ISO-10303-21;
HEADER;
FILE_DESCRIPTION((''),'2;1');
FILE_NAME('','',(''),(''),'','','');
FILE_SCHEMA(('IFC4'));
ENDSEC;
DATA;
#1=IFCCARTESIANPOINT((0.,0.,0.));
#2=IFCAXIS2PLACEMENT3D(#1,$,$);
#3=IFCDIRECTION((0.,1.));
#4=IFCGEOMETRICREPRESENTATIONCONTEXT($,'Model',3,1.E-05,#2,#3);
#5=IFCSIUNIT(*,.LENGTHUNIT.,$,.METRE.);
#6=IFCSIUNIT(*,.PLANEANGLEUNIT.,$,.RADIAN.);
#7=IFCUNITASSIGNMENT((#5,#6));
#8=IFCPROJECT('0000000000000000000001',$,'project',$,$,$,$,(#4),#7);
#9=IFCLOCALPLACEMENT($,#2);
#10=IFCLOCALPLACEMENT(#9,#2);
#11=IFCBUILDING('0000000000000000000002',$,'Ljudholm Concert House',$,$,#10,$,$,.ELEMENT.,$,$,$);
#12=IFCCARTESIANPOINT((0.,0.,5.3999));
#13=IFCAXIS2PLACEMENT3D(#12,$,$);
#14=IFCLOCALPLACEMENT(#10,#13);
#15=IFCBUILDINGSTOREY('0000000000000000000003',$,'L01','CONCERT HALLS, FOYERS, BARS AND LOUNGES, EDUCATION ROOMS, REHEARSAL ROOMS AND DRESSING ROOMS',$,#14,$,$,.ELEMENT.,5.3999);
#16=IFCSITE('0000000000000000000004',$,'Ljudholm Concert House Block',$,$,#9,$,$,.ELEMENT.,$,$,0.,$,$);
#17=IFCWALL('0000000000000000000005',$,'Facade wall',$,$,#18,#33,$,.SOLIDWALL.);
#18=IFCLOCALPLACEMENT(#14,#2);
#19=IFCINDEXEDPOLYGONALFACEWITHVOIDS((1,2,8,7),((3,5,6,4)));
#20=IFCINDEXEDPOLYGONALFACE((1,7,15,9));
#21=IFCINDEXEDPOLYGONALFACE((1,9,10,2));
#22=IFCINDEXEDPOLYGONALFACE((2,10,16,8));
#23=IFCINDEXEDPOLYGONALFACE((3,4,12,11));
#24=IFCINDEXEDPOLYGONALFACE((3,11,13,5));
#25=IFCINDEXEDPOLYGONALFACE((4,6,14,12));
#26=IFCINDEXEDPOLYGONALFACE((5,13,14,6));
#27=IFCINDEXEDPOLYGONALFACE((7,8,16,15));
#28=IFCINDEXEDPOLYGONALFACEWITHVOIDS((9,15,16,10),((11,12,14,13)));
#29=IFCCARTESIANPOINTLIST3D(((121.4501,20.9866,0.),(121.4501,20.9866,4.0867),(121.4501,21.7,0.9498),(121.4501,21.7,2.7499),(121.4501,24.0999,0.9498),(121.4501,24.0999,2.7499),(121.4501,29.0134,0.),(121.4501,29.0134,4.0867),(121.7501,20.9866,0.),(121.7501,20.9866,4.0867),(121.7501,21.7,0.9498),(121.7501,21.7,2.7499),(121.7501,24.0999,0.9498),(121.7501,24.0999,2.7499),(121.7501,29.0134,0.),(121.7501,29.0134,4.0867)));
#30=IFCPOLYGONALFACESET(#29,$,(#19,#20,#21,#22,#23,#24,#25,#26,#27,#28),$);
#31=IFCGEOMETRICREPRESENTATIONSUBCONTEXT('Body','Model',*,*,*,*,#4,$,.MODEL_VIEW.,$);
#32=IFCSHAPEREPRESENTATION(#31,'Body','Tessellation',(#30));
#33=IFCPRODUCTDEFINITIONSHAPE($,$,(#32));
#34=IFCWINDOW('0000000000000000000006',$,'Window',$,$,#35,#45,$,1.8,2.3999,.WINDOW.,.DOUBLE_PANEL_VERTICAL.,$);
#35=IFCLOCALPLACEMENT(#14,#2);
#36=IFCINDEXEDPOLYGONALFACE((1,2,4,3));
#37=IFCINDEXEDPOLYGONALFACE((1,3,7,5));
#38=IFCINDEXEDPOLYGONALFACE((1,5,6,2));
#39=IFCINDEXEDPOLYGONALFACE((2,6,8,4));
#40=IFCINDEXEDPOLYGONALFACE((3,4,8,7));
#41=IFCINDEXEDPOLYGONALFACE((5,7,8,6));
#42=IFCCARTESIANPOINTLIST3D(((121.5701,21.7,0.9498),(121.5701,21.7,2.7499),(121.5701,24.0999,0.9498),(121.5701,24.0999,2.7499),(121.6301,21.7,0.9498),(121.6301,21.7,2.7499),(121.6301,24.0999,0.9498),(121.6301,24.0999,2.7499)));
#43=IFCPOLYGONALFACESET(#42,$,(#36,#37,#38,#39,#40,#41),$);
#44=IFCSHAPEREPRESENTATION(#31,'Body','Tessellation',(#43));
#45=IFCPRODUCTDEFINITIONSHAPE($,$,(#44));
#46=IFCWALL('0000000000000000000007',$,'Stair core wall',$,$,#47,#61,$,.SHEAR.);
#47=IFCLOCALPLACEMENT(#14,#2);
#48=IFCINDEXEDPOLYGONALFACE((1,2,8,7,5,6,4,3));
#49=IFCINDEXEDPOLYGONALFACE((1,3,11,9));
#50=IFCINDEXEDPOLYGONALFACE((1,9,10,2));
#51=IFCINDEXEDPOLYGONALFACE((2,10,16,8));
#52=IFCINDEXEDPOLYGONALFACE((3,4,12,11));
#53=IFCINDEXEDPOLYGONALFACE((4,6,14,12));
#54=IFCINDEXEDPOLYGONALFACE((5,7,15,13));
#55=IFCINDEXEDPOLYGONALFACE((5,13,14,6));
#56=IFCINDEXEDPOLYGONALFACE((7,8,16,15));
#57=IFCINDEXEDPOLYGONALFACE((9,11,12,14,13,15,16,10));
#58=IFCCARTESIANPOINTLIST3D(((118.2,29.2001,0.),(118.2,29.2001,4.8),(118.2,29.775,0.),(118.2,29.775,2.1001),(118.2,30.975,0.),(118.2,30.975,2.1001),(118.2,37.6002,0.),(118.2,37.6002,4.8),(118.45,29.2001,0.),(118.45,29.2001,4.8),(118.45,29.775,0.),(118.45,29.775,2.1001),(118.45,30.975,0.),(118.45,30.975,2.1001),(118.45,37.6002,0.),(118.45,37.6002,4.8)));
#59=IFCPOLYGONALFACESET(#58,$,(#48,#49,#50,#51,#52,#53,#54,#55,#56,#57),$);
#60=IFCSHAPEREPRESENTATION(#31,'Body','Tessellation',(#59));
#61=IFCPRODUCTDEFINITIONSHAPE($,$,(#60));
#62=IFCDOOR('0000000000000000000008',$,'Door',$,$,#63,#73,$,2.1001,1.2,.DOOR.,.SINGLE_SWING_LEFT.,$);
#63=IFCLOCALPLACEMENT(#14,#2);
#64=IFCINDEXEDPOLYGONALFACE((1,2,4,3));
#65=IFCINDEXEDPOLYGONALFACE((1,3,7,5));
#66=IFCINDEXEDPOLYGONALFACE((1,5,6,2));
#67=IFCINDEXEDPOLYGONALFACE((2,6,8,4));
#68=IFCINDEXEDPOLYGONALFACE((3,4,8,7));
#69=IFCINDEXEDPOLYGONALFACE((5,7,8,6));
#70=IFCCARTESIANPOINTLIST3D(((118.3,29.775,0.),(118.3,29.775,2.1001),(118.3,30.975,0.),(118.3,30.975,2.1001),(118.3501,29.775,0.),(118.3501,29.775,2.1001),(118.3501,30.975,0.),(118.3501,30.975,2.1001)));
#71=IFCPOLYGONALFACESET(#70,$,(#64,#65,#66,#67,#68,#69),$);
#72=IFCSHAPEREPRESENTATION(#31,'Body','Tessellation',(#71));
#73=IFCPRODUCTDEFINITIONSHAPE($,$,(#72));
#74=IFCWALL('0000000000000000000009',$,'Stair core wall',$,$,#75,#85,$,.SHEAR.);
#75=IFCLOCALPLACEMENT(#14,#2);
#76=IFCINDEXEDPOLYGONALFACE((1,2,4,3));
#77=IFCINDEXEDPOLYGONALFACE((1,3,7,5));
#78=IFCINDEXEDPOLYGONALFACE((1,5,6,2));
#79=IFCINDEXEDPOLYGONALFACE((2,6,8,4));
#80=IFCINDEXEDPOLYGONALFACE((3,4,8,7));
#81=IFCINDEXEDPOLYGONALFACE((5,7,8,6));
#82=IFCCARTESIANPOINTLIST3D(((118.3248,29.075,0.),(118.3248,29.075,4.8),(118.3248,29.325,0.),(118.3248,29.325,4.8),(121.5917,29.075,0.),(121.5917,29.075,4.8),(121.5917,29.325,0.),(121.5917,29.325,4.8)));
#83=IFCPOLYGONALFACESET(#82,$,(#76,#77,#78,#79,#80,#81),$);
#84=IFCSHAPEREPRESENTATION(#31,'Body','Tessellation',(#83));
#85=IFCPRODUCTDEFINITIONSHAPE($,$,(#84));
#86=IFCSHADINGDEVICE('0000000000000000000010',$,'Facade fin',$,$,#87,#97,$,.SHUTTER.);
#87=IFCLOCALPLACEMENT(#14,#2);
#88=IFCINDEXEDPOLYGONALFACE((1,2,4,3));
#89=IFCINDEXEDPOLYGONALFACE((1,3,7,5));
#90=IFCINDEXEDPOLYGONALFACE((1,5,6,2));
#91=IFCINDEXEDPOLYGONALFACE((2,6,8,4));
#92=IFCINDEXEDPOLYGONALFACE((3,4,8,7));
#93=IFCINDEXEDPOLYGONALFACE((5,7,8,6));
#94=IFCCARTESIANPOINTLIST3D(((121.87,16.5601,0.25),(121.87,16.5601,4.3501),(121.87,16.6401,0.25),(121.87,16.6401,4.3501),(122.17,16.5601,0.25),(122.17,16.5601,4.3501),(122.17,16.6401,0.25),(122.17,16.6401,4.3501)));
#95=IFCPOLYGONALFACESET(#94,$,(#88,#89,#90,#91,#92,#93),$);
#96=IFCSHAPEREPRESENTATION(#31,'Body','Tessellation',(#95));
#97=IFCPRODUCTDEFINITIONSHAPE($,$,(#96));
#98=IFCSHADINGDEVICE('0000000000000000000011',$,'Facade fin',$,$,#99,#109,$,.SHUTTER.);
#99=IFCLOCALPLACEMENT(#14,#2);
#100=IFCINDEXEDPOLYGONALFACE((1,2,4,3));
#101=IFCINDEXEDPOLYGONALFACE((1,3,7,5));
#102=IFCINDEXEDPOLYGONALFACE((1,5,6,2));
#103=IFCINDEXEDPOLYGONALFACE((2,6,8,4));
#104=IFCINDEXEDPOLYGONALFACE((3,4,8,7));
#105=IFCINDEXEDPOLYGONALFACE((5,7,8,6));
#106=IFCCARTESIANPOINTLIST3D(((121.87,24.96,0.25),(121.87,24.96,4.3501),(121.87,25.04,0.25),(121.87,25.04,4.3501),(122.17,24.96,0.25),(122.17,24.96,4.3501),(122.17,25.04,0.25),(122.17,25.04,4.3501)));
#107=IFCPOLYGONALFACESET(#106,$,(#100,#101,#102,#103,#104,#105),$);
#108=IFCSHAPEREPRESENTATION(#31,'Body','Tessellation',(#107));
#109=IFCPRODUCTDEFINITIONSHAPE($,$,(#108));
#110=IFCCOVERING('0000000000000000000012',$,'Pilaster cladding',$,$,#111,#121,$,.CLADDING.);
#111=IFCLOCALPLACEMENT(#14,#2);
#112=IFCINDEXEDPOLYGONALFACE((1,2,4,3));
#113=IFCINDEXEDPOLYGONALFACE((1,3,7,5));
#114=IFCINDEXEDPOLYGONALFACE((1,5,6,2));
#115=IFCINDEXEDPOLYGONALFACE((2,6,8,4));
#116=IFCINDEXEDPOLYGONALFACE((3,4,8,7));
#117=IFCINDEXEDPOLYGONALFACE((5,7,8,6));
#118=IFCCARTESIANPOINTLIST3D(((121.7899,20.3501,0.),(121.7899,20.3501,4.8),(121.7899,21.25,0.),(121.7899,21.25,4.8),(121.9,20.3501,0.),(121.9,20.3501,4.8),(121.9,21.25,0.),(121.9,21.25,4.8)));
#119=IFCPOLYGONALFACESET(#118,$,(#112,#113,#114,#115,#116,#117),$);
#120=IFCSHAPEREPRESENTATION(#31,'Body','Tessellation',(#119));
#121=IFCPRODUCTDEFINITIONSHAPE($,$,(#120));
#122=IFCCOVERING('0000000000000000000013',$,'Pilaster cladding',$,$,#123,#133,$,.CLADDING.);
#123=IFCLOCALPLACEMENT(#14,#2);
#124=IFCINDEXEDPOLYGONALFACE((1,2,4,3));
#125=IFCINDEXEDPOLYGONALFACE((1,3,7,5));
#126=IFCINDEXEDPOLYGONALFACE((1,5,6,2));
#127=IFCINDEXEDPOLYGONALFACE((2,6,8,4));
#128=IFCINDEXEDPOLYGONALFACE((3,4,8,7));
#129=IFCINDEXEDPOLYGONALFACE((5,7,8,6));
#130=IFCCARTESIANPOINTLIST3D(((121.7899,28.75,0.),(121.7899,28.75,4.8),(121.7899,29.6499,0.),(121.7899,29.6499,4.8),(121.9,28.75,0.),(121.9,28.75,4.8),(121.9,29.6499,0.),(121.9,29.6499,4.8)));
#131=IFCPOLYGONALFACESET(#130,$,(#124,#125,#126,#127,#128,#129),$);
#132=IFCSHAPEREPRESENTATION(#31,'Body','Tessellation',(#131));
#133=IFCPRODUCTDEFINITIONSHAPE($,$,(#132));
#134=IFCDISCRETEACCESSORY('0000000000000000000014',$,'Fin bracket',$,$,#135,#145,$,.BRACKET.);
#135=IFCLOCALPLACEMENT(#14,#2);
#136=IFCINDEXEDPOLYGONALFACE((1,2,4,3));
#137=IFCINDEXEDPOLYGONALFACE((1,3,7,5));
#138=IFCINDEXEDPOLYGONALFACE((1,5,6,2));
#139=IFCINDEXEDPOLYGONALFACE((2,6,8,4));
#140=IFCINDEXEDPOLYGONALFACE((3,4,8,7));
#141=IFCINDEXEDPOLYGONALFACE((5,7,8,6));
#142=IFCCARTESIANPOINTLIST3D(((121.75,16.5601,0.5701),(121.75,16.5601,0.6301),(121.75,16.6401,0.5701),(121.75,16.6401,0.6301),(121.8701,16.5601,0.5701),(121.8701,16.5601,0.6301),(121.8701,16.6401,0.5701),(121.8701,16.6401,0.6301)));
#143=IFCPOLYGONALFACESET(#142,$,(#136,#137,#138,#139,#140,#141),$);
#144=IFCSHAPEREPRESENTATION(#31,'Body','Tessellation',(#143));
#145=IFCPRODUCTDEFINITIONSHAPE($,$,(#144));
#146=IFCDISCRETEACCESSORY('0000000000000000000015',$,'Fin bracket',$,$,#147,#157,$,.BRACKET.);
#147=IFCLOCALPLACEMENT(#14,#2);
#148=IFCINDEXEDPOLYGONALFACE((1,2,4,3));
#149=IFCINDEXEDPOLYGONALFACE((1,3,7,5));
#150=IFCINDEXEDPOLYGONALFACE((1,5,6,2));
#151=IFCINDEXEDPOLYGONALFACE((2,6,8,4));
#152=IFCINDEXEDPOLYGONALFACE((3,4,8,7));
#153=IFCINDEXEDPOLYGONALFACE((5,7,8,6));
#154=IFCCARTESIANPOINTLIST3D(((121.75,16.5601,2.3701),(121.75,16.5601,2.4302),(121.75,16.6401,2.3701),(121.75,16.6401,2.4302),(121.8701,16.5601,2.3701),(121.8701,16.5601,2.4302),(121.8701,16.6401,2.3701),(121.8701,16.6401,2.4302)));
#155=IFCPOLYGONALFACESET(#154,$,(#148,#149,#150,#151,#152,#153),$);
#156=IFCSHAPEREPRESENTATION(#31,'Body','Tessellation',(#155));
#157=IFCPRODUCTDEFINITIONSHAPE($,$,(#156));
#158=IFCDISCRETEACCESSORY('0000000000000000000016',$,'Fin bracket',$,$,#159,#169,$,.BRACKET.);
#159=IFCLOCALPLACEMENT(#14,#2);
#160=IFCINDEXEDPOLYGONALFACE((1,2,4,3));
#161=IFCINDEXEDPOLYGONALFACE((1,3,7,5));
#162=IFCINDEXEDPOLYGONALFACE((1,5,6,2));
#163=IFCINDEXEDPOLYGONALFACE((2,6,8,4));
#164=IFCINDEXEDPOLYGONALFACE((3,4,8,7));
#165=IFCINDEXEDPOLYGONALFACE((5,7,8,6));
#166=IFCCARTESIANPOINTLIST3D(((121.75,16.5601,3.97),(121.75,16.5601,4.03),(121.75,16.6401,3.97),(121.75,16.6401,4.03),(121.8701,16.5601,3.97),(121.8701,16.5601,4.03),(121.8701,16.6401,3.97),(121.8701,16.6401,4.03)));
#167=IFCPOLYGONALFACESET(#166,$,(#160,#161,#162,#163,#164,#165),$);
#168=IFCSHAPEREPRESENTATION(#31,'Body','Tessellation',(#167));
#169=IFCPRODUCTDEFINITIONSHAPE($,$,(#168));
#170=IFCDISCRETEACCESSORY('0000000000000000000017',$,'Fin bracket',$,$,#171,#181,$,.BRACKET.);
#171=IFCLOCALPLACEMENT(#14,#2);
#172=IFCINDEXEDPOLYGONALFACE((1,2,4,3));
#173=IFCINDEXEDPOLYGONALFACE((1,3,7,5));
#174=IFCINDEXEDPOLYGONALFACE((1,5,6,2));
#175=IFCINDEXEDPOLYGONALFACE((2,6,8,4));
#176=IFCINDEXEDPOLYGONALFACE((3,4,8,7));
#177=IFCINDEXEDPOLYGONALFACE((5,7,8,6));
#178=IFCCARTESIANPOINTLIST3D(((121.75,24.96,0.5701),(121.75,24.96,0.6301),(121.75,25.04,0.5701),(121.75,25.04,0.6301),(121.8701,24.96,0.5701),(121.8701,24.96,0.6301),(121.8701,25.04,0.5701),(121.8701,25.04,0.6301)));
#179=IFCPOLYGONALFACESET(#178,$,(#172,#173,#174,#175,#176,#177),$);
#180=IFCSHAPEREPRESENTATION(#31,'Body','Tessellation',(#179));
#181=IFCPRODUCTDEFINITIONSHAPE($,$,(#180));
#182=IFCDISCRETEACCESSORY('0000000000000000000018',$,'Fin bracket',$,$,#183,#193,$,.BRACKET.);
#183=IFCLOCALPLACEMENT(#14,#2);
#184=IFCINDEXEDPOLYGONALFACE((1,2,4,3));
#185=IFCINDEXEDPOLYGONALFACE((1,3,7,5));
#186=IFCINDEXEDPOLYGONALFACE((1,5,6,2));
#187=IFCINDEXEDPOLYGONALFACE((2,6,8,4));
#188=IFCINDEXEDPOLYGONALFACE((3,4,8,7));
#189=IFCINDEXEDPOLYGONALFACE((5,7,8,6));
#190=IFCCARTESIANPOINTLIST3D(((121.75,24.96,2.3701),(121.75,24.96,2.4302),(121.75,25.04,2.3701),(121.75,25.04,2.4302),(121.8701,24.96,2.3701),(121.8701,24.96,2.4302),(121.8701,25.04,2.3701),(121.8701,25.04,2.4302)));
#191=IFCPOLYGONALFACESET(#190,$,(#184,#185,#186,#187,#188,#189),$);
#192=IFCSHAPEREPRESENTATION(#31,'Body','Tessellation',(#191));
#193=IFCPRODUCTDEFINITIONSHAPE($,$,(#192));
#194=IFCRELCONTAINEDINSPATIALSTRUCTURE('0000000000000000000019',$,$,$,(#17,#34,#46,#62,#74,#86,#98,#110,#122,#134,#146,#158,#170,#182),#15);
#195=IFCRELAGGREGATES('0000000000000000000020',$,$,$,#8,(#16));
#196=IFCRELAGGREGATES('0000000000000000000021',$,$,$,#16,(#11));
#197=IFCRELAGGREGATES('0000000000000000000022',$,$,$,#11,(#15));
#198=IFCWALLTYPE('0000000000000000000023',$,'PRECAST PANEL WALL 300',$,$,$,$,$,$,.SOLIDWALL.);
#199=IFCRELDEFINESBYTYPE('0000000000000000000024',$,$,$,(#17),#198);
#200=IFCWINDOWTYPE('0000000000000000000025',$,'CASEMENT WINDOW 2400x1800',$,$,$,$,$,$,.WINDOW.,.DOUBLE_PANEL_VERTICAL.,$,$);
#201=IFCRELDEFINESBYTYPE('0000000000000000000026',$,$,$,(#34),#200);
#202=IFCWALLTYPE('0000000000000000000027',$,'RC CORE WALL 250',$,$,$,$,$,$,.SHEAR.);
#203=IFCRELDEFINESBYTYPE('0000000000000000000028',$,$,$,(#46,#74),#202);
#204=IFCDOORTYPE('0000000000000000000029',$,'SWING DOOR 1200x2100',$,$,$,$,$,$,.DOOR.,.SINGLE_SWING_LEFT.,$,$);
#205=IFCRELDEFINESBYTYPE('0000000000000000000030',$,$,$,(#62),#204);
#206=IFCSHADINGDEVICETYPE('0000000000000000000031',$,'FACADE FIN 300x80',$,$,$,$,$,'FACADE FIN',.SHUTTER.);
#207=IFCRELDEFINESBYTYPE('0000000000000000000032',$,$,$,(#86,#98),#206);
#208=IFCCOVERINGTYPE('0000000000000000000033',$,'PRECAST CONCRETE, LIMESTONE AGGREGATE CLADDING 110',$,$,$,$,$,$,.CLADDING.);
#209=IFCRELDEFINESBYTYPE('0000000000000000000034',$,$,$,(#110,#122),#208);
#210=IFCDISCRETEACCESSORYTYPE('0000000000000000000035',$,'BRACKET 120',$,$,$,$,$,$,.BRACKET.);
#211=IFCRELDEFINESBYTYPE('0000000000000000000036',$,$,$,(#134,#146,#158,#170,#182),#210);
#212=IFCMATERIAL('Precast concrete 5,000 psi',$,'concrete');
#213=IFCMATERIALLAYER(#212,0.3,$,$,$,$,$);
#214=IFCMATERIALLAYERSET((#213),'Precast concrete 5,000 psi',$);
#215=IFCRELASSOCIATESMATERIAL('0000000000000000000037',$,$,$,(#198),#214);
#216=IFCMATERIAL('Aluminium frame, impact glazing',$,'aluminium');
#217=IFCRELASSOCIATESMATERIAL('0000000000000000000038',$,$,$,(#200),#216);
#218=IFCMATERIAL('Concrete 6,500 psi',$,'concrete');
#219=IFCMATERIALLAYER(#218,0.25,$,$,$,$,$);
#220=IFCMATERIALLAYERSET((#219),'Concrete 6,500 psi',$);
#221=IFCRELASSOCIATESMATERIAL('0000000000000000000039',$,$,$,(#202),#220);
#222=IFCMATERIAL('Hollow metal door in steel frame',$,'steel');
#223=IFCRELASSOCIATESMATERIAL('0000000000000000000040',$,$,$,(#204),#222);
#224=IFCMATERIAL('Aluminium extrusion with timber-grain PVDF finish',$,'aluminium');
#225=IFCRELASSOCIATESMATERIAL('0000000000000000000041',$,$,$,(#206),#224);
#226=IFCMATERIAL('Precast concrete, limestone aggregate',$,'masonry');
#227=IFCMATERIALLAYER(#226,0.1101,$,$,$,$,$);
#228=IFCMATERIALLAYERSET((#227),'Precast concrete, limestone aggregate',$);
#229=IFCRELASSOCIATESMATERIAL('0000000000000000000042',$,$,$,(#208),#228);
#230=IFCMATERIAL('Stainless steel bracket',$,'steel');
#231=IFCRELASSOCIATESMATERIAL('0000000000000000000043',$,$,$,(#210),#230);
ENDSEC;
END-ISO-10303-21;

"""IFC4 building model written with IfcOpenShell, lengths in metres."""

from ifc_helpers import new_model, si_unit, direction, frame, frame_2d, origin, origin_2d, place, context, subcontext, project, spatial, rectangle, extrude, material, layer, layer_set, type_object, element, fill, save


model = new_model("IFC4")

# Units and contexts
model_context = context("Model", 3, precision=1e-05, world=origin(), true_north=direction((0.0, 1.0)))
body_context = subcontext(model_context, "Body", "Model", "MODEL_VIEW")
ifc_project = project(units=[si_unit("LENGTHUNIT", "METRE"), si_unit("PLANEANGLEUNIT", "RADIAN")], contexts=[model_context])

# Site, building, storey
site_placement = place(None, origin())
site = spatial("IfcSite", under=ifc_project, at=site_placement, Name="Ljudholm Concert House Block", CompositionType="ELEMENT", RefElevation=0.0)
building_placement = place(site_placement, origin())
building = spatial("IfcBuilding", under=site, at=building_placement, Name="Ljudholm Concert House", CompositionType="ELEMENT")
storey_placement = place(building_placement, frame((0.0, 0.0, 5.3999)))
storey = spatial("IfcBuildingStorey", under=building, at=storey_placement, Name="L01", Description="CONCERT HALLS, FOYERS, BARS AND LOUNGES, EDUCATION ROOMS, REHEARSAL ROOMS AND DRESSING ROOMS", CompositionType="ELEMENT", Elevation=5.3999)

# Wall, opening, window
ifc_material_1 = material(Name="Precast concrete 5,000 psi", Category="concrete")
ifc_layer_1 = layer(ifc_material_1, 0.3)
ifc_layer_set_1 = layer_set([ifc_layer_1], Name="Precast concrete 5,000 psi")
wall_type_1 = type_object("IfcWallType", Name="PRECAST PANEL WALL 300", PredefinedType="SOLIDWALL", material=ifc_layer_set_1)
ifc_material_2 = material(Name="Aluminium frame, impact glazing", Category="aluminium")
window_type = type_object("IfcWindowType", Name="CASEMENT WINDOW 2400x1800", PartitioningType="DOUBLE_PANEL_VERTICAL", PredefinedType="WINDOW", material=ifc_material_2)
wall_1_placement = place(storey_placement, frame((121.6001, 20.9866, 0.0), z_axis=(0.0, 0.0, 1.0), x_axis=(0.0, 1.0, 0.0)))
wall_1 = element("IfcWall", 1, at=wall_1_placement, inside=storey, type_object=wall_type_1, Name="Facade wall", PredefinedType="SOLIDWALL", context=body_context, shape_type="SweptSolid", body=[
    extrude(rectangle(XDim=8.0269, YDim=0.3, at=frame_2d((4.0134, 0.0))), origin(), (0.0, 0.0, 1.0), 4.0867),
])
opening_1_placement = place(wall_1_placement, frame((0.7134, 0.0, 0.95)))
opening_1 = element("IfcOpeningElement", 2, at=opening_1_placement, cuts=wall_1, PredefinedType="OPENING", context=body_context, shape_type="SweptSolid", body=[
    extrude(rectangle(XDim=2.3999, YDim=1.8, at=frame_2d((1.2, 0.8999))), frame((0.0, 0.1599, 0.0), z_axis=(0.0, -1.0, 0.0), x_axis=(1.0, 0.0, 0.0)), (0.0, 0.0, 1.0), 0.3201),
])
window_1_placement = place(opening_1_placement, origin())
window_1 = element("IfcWindow", 3, at=window_1_placement, inside=storey, type_object=window_type, Name="Window", OverallHeight=1.8, OverallWidth=2.3999, PartitioningType="DOUBLE_PANEL_VERTICAL", PredefinedType="WINDOW", context=body_context, shape_type="SweptSolid", body=[
    extrude(rectangle(XDim=2.3999, YDim=1.8, at=frame_2d((1.2, 0.8999))), frame((0.0, 0.03, 0.0), z_axis=(0.0, -1.0, 0.0), x_axis=(1.0, 0.0, 0.0)), (0.0, 0.0, 1.0), 0.0601),
])
fill(opening_1, window_1)

# Wall, opening, door
ifc_material_3 = material(Name="Concrete 6,500 psi", Category="concrete")
ifc_layer_2 = layer(ifc_material_3, 0.25)
ifc_layer_set_2 = layer_set([ifc_layer_2], Name="Concrete 6,500 psi")
wall_type_2 = type_object("IfcWallType", Name="RC CORE WALL 250", PredefinedType="SHEAR", material=ifc_layer_set_2)
wall_2_placement = place(storey_placement, frame((118.325, 29.2, 0.0), z_axis=(0.0, 0.0, 1.0), x_axis=(0.0, 1.0, 0.0)))
wall_2 = element("IfcWall", 4, at=wall_2_placement, inside=storey, type_object=wall_type_2, Name="Stair core wall", PredefinedType="SHEAR", context=body_context, shape_type="SweptSolid", body=[
    extrude(rectangle(XDim=8.4001, YDim=0.25, at=frame_2d((4.2002, 0.0))), origin(), (0.0, 0.0, 1.0), 4.8),
])
opening_2_placement = place(wall_2_placement, frame((0.575, 0.0, 0.0)))
opening_2 = element("IfcOpeningElement", 5, at=opening_2_placement, cuts=wall_2, PredefinedType="OPENING", context=body_context, shape_type="SweptSolid", body=[
    extrude(rectangle(XDim=1.2, YDim=2.1001, at=frame_2d((0.6001, 1.05))), frame((0.0, 0.135, 0.0), z_axis=(0.0, -1.0, 0.0), x_axis=(1.0, 0.0, 0.0)), (0.0, 0.0, 1.0), 0.27),
])
ifc_material_4 = material(Name="Hollow metal door in steel frame", Category="steel")
door_type_1 = type_object("IfcDoorType", Name="SWING DOOR 1200x2100", OperationType="SINGLE_SWING_LEFT", PredefinedType="DOOR", material=ifc_material_4)
door_1_placement = place(opening_2_placement, origin())
door_1 = element("IfcDoor", 6, at=door_1_placement, inside=storey, type_object=door_type_1, Name="Door", OperationType="SINGLE_SWING_LEFT", OverallHeight=2.1001, OverallWidth=1.2, PredefinedType="DOOR", context=body_context, shape_type="SweptSolid", body=[
    extrude(rectangle(XDim=1.2, YDim=2.1001, at=frame_2d((0.6001, 1.05))), frame((0.0, 0.0249, 0.0), z_axis=(0.0, -1.0, 0.0), x_axis=(1.0, 0.0, 0.0)), (0.0, 0.0, 1.0), 0.05),
])
fill(opening_2, door_1)

# Wall
wall_3_placement = place(storey_placement, frame((118.325, 29.2, 0.0), z_axis=(0.0, 0.0, 1.0), x_axis=(1.0, 0.0, 0.0)))
element("IfcWall", 7, at=wall_3_placement, inside=storey, type_object=wall_type_2, Name="Stair core wall", PredefinedType="SHEAR", context=body_context, shape_type="SweptSolid", body=[
    extrude(rectangle(XDim=3.2668, YDim=0.25, at=frame_2d((1.6333, 0.0))), origin(), (0.0, 0.0, 1.0), 4.8),
])

# Shading devices
ifc_material_5 = material(Name="Aluminium extrusion with timber-grain PVDF finish", Category="aluminium")
shading_device_type = type_object("IfcShadingDeviceType", Name="FACADE FIN 300x80", ElementType="FACADE FIN", PredefinedType="SHUTTER", material=ifc_material_5)
for number, where, z_axis, x_axis, name in (
    (8, (122.02, 16.6001, 0.25), (0.0, 0.0, 1.0), (1.0, 0.0, 0.0), "Facade fin"),
    (9, (122.02, 25.0, 0.25), (0.0, 0.0, 1.0), (1.0, 0.0, 0.0), "Facade fin"),
):
    element("IfcShadingDevice", number, at=place(storey_placement, frame(where, z_axis=z_axis, x_axis=x_axis)), inside=storey, type_object=shading_device_type, Name=name, PredefinedType="SHUTTER", context=body_context, shape_type="SweptSolid", body=[
        extrude(rectangle(XDim=0.3, YDim=0.0801, at=origin_2d()), origin(), (0.0, 0.0, 1.0), 4.1001),
    ])

# Coverings
ifc_material_6 = material(Name="Precast concrete, limestone aggregate", Category="masonry")
ifc_layer_3 = layer(ifc_material_6, 0.1101)
ifc_layer_set_3 = layer_set([ifc_layer_3], Name="Precast concrete, limestone aggregate")
covering_type = type_object("IfcCoveringType", Name="PRECAST CONCRETE, LIMESTONE AGGREGATE CLADDING 110", PredefinedType="CLADDING", material=ifc_layer_set_3)
for number, where, z_axis, x_axis, name in (
    (10, (121.845, 20.8, 0.0), (0.0, 0.0, 1.0), (1.0, 0.0, 0.0), "Pilaster cladding"),
    (11, (121.845, 29.2, 0.0), (0.0, 0.0, 1.0), (1.0, 0.0, 0.0), "Pilaster cladding"),
):
    element("IfcCovering", number, at=place(storey_placement, frame(where, z_axis=z_axis, x_axis=x_axis)), inside=storey, type_object=covering_type, Name=name, PredefinedType="CLADDING", context=body_context, shape_type="SweptSolid", body=[
        extrude(rectangle(XDim=0.1101, YDim=0.8999, at=origin_2d()), origin(), (0.0, 0.0, 1.0), 4.8),
    ])

# Discrete accessories
ifc_material_7 = material(Name="Stainless steel bracket", Category="steel")
discrete_accessory_type = type_object("IfcDiscreteAccessoryType", Name="BRACKET 120", PredefinedType="BRACKET", material=ifc_material_7)
for number, where, z_axis, x_axis, name in (
    (12, (121.8101, 16.6001, 0.5701), (0.0, 0.0, 1.0), (1.0, 0.0, 0.0), "Fin bracket"),
    (13, (121.8101, 16.6001, 2.3701), (0.0, 0.0, 1.0), (1.0, 0.0, 0.0), "Fin bracket"),
    (14, (121.8101, 16.6001, 3.97), (0.0, 0.0, 1.0), (1.0, 0.0, 0.0), "Fin bracket"),
    (15, (121.8101, 25.0, 0.5701), (0.0, 0.0, 1.0), (1.0, 0.0, 0.0), "Fin bracket"),
    (16, (121.8101, 25.0, 2.3701), (0.0, 0.0, 1.0), (1.0, 0.0, 0.0), "Fin bracket"),
):
    element("IfcDiscreteAccessory", number, at=place(storey_placement, frame(where, z_axis=z_axis, x_axis=x_axis)), inside=storey, type_object=discrete_accessory_type, Name=name, PredefinedType="BRACKET", context=body_context, shape_type="SweptSolid", body=[
        extrude(rectangle(XDim=0.1201, YDim=0.0801, at=origin_2d()), origin(), (0.0, 0.0, 1.0), 0.0601),
    ])

save(model, "model.ifc")
